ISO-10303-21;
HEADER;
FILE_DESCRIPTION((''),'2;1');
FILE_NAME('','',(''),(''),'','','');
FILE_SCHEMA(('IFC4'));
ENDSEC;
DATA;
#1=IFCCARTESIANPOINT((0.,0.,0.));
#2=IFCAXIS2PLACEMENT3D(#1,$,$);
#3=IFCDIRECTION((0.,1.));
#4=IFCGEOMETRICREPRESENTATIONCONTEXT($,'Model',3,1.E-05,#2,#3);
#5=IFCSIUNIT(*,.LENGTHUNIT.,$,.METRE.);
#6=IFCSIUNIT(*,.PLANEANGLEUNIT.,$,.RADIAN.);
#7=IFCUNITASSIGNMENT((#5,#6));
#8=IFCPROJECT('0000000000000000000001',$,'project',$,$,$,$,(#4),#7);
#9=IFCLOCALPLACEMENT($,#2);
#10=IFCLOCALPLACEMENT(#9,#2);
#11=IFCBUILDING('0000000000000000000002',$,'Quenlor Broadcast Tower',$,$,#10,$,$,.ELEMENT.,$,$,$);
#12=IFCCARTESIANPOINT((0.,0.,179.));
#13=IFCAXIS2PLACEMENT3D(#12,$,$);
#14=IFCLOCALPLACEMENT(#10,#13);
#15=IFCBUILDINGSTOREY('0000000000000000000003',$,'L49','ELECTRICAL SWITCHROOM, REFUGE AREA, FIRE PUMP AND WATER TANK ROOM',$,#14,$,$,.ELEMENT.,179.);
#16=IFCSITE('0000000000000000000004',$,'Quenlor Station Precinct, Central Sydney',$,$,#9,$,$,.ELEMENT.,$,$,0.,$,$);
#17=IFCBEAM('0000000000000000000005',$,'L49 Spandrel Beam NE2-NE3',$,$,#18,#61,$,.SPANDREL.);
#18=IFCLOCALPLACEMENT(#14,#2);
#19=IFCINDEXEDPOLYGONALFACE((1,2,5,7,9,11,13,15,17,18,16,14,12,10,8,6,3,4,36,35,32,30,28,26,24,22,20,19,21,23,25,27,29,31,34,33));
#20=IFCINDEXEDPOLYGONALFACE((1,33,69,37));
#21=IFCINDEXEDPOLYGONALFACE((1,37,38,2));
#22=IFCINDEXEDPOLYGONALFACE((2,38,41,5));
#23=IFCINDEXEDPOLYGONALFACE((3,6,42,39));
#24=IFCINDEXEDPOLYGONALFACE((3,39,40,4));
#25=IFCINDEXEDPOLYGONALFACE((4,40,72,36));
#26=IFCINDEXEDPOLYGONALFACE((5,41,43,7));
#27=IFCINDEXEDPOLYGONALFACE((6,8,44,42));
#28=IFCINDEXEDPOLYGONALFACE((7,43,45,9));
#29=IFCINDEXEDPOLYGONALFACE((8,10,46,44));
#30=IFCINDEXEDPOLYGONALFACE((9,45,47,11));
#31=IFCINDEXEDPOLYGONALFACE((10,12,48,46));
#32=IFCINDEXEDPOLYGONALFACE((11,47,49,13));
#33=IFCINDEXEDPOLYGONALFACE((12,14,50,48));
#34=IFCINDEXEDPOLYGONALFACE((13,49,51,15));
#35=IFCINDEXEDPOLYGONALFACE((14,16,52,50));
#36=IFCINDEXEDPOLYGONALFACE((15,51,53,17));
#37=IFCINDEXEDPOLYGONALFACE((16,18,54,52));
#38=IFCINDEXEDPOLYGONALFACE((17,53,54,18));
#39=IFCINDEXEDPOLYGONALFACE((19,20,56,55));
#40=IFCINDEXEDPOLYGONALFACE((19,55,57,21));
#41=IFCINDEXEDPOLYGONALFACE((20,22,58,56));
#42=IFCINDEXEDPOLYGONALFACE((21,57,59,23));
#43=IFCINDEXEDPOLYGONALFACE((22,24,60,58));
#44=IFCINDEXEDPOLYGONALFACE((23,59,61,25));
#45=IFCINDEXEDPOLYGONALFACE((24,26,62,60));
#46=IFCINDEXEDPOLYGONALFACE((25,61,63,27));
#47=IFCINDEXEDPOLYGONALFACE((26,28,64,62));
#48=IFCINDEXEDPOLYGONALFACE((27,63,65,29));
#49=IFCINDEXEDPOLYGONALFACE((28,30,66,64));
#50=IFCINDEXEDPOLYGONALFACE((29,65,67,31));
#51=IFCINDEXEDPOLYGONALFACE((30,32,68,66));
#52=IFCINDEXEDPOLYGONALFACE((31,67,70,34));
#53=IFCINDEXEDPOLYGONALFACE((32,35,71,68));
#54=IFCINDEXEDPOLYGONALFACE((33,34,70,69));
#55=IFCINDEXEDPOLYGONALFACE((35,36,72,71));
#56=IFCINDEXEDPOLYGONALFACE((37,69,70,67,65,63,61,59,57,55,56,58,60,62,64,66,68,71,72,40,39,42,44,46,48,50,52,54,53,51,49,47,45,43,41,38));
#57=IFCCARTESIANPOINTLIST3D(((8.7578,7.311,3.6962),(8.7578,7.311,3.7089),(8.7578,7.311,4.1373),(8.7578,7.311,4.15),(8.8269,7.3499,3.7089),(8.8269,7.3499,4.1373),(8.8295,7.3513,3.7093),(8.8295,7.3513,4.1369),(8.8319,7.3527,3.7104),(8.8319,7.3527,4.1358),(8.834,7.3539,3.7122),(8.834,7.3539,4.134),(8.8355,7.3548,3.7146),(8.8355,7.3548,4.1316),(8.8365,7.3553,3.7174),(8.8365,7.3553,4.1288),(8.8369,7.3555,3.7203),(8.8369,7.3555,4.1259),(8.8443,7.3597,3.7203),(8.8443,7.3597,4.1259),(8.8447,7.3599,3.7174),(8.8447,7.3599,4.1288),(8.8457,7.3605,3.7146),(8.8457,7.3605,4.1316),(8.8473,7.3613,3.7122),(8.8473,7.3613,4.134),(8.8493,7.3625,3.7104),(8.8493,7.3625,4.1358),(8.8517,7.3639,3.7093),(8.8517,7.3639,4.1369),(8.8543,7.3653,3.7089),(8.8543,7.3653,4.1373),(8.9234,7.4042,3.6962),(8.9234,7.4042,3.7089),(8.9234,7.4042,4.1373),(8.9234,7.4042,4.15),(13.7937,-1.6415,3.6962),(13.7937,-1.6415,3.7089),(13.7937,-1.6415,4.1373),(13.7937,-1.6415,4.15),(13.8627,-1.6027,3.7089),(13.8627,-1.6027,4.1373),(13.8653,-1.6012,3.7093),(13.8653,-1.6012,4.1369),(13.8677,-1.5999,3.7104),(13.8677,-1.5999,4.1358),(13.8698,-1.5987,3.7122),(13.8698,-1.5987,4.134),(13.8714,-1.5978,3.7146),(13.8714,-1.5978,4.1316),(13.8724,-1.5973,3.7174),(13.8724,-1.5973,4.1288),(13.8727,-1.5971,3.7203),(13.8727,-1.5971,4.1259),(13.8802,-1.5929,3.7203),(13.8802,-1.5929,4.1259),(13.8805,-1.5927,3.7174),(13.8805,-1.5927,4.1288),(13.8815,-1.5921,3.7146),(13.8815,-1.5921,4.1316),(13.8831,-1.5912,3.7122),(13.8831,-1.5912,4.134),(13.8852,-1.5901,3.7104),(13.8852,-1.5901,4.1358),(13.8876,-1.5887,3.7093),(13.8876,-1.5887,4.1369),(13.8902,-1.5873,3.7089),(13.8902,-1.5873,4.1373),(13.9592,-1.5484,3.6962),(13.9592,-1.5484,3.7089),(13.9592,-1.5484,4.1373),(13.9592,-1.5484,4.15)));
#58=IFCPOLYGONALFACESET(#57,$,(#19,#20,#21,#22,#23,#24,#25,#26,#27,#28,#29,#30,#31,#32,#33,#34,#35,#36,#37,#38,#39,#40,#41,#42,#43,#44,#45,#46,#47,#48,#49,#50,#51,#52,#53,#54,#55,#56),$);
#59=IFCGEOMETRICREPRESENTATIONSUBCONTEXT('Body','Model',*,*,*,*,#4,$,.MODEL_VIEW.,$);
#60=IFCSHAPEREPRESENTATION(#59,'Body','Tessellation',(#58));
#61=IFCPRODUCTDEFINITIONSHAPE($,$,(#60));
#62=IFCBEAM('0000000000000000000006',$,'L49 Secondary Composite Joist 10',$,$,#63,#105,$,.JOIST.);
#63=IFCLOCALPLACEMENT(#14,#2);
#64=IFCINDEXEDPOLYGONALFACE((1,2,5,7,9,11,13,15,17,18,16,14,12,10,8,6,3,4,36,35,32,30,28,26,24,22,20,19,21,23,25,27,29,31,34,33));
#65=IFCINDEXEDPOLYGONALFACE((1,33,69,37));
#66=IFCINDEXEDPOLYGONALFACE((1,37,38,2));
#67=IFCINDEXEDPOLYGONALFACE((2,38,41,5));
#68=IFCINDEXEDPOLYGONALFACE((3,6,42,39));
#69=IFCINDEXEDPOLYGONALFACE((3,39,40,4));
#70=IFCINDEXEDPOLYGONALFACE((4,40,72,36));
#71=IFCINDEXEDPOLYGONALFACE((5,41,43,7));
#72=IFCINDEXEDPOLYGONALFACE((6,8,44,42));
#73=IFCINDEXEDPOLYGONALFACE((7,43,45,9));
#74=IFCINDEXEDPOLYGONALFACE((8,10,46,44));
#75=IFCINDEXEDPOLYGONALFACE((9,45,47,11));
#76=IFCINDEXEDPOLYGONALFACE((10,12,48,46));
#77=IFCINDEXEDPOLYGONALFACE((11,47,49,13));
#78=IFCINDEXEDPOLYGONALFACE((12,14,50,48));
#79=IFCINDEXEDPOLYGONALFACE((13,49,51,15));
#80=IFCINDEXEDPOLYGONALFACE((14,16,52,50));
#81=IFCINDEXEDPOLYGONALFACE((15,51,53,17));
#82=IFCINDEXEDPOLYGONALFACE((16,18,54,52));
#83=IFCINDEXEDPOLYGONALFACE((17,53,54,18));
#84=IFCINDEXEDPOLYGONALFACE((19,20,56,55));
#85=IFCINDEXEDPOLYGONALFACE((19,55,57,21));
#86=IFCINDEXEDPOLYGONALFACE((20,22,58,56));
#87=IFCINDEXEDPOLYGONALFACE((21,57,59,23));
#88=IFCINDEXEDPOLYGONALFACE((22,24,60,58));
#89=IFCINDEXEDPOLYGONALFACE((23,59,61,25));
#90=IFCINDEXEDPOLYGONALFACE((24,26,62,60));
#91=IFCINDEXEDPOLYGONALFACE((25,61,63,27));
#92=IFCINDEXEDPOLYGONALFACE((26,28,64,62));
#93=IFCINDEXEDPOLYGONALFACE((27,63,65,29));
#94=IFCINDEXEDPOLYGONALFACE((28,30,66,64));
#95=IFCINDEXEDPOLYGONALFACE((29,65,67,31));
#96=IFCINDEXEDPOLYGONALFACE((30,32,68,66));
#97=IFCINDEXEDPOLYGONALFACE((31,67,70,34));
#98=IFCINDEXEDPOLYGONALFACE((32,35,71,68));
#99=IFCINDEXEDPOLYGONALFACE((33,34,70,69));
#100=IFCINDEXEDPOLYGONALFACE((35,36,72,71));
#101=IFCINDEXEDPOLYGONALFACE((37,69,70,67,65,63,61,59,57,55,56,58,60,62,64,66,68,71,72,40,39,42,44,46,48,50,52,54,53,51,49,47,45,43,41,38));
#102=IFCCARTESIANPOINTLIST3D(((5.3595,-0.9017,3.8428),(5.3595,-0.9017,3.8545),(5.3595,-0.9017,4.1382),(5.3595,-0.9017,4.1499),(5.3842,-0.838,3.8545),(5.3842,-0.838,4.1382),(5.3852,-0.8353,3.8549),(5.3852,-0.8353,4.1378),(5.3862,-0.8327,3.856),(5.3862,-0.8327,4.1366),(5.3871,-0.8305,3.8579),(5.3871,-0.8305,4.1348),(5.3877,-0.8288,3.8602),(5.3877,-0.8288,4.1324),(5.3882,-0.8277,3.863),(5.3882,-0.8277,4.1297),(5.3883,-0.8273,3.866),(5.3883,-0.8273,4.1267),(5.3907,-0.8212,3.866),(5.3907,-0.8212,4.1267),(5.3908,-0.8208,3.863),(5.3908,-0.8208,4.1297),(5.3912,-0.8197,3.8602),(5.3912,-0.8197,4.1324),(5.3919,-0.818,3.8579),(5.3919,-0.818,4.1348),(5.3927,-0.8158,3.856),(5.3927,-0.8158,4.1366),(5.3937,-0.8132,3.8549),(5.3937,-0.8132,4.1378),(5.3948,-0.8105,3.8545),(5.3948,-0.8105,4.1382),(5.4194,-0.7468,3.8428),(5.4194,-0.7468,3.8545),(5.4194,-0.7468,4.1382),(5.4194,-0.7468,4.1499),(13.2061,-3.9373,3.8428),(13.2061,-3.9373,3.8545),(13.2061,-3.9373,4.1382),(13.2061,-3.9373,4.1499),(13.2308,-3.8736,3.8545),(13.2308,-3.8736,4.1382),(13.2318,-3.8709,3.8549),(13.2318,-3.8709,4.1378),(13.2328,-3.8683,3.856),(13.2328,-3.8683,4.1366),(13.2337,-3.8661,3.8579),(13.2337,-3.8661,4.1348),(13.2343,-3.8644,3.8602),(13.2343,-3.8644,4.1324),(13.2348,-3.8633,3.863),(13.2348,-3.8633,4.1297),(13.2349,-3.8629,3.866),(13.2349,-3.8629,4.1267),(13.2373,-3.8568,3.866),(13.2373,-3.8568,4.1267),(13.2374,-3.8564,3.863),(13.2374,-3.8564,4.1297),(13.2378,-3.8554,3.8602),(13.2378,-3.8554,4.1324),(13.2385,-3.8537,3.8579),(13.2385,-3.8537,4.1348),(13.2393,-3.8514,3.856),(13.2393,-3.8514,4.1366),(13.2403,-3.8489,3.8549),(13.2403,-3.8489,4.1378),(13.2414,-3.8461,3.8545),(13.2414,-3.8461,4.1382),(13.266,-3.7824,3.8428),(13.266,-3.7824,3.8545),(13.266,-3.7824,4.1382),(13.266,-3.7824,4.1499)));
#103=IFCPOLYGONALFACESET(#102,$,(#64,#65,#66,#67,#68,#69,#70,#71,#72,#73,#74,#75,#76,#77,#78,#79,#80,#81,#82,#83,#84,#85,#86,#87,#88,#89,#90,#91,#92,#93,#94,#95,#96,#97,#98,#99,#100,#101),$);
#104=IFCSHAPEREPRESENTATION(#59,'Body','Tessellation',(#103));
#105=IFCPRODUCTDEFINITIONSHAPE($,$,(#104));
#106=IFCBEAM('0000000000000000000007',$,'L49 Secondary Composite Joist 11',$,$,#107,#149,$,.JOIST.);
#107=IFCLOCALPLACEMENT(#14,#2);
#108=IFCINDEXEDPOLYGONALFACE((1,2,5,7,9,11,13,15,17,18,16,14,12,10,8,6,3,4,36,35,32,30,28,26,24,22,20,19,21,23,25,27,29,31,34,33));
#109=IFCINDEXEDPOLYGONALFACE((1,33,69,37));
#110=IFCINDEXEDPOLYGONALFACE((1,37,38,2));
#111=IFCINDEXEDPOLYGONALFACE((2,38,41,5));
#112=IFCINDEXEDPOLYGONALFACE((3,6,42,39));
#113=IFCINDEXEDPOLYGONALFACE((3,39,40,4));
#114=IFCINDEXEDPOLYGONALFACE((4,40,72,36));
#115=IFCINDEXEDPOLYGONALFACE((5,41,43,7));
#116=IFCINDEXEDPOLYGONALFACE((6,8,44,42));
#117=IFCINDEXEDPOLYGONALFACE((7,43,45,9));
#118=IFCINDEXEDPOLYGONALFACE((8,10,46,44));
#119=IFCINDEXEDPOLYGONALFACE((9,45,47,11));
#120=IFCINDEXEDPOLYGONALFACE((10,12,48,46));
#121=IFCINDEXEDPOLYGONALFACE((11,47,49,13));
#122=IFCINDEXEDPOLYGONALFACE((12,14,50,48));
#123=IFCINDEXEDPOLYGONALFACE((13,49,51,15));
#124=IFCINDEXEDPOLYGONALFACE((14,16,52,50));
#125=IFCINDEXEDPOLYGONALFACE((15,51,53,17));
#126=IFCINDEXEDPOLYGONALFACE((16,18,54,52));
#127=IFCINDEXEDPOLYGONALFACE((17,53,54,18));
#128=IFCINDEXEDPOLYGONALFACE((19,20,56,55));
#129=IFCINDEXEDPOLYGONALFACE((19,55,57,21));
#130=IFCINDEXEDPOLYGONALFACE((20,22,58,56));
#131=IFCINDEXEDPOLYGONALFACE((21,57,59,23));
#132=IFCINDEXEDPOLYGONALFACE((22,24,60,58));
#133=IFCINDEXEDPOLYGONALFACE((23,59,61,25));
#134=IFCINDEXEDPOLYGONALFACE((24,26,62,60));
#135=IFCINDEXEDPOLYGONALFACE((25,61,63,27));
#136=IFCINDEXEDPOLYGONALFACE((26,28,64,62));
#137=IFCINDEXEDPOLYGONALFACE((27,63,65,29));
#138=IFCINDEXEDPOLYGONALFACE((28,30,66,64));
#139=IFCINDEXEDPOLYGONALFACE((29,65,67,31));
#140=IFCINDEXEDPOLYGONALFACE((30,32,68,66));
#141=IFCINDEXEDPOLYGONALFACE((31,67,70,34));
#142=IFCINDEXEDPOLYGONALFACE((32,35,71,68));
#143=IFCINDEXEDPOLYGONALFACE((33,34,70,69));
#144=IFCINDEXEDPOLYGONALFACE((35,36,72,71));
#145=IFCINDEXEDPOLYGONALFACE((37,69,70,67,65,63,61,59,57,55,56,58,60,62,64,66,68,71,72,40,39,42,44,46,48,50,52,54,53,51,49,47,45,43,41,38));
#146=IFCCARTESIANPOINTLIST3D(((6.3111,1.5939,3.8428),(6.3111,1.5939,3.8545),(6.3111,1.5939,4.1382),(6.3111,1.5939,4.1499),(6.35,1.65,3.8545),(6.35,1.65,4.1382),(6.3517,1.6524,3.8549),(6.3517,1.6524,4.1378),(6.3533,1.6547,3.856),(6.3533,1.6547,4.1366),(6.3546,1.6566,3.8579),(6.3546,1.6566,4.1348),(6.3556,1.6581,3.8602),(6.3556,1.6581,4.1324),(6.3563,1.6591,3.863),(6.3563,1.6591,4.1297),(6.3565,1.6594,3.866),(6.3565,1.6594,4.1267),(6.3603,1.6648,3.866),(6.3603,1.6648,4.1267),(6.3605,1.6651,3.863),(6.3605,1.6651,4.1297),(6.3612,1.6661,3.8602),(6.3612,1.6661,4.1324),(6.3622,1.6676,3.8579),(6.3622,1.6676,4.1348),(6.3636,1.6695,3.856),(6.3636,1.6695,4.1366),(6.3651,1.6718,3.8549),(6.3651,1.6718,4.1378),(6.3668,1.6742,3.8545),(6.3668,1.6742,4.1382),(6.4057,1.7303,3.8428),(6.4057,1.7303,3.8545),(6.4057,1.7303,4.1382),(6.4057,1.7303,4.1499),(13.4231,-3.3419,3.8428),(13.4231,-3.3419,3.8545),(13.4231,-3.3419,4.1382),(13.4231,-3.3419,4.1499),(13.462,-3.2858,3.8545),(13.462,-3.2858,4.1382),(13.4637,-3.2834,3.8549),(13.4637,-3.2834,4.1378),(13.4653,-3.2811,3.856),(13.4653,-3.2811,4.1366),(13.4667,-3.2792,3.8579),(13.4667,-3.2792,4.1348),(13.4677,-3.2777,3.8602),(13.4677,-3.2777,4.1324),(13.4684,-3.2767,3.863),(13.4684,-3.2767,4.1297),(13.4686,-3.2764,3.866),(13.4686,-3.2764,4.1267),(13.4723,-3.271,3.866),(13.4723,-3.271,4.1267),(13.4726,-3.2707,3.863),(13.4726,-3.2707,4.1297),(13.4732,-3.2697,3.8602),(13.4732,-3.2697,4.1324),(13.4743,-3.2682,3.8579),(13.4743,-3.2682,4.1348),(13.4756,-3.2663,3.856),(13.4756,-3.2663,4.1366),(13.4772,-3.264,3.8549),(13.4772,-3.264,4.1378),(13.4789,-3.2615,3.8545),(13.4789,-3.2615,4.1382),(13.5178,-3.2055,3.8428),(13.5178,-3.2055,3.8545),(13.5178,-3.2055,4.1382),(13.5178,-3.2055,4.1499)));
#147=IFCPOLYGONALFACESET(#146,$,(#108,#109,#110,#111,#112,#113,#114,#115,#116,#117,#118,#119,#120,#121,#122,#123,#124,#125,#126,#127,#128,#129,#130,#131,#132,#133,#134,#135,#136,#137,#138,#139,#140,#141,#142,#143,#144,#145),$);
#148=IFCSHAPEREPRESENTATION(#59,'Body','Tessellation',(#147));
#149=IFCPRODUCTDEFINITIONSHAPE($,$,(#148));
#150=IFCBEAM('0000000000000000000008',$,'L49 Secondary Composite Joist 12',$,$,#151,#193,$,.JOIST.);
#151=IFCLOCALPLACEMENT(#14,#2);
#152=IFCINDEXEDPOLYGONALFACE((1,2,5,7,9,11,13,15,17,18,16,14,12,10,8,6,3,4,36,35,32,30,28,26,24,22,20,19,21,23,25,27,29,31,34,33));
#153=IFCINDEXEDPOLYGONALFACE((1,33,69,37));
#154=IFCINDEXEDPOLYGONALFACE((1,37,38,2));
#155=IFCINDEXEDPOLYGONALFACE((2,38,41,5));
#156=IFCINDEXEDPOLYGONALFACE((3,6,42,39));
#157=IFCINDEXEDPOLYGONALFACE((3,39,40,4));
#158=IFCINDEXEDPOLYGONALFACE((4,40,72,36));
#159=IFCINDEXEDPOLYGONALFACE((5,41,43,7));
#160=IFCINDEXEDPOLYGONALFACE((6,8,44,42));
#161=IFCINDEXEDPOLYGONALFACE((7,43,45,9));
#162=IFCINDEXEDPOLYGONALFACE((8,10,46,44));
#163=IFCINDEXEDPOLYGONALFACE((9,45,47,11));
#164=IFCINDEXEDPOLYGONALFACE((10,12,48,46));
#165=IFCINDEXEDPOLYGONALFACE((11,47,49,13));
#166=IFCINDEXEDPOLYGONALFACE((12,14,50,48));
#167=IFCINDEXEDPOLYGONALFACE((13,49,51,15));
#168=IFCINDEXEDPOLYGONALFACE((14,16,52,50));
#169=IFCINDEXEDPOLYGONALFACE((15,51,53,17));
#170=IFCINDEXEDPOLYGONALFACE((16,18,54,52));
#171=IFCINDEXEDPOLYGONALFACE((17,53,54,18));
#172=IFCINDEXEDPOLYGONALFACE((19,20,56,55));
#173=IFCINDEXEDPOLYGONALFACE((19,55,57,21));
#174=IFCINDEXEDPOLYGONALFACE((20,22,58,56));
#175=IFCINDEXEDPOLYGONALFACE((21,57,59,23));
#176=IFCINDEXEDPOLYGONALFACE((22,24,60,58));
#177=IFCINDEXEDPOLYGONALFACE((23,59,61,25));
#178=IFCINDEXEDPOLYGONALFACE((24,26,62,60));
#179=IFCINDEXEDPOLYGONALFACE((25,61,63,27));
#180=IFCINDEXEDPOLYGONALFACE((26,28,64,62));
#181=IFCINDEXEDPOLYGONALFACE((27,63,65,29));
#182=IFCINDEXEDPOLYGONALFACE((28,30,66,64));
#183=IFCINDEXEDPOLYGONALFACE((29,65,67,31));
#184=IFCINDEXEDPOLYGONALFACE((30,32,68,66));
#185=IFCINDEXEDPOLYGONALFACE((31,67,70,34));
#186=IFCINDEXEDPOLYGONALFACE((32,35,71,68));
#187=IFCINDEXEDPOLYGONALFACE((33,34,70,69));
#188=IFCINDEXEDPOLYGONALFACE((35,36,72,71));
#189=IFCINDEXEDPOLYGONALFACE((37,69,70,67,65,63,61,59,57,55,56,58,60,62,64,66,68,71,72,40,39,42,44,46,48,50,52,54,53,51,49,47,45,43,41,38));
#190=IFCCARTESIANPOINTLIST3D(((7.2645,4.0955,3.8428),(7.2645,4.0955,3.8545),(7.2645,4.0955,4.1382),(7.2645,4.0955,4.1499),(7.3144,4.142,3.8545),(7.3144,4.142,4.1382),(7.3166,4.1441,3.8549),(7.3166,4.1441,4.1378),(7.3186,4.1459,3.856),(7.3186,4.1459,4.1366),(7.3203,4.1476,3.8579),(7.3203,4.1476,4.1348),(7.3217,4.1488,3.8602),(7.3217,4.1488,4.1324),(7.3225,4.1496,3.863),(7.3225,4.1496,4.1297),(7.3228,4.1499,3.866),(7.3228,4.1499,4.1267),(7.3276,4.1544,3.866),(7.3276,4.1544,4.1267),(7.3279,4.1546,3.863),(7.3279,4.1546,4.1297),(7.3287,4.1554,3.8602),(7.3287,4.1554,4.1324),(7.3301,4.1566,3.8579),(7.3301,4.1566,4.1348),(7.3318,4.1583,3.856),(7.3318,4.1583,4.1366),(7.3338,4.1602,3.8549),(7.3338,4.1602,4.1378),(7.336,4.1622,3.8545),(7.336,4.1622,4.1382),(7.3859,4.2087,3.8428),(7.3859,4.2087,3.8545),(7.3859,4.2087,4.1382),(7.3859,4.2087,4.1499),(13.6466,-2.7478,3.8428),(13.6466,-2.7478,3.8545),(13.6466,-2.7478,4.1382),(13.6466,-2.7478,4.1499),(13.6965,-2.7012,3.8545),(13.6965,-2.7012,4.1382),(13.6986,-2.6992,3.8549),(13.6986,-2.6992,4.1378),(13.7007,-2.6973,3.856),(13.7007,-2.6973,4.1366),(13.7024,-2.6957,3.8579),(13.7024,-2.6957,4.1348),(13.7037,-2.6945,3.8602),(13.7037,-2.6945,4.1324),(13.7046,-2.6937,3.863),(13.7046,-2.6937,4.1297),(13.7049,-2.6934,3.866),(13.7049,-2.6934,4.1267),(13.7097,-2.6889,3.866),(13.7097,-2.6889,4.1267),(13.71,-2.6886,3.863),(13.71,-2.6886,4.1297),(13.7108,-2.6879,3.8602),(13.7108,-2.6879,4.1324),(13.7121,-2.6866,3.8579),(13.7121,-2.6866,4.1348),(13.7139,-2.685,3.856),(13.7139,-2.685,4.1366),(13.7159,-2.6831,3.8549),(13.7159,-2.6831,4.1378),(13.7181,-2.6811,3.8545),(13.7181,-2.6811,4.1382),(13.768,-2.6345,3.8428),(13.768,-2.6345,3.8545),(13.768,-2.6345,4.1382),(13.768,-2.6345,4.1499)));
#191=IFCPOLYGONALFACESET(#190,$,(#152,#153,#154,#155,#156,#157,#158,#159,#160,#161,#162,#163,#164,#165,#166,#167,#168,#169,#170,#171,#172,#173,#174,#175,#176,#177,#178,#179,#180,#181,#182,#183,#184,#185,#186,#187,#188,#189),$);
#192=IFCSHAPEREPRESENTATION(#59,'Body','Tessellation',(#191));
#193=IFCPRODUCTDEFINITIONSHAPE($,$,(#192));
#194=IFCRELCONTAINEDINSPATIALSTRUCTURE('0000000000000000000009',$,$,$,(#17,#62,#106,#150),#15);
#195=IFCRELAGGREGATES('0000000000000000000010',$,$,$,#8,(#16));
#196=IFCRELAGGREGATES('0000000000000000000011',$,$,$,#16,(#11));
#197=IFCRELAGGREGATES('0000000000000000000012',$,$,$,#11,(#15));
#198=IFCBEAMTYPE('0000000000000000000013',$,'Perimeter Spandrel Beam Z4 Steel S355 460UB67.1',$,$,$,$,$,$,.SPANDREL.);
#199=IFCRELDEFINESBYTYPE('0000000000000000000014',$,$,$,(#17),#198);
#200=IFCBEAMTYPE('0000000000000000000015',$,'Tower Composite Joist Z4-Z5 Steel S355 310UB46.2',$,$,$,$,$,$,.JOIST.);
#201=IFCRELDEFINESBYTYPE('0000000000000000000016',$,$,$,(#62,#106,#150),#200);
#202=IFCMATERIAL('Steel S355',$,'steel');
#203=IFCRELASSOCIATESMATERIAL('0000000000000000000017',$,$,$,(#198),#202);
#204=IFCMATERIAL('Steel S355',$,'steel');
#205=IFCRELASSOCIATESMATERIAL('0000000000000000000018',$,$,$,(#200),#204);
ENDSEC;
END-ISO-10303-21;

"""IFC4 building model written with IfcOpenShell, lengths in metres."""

from ifc_helpers import new_model, si_unit, direction, frame, origin, origin_2d, place, context, subcontext, project, spatial, i_section, extrude, material, material_profile, profile_set, type_object, element, save


model = new_model("IFC4")

# Units and contexts
model_context = context("Model", 3, precision=1e-05, world=origin(), true_north=direction((0.0, 1.0)))
body_context = subcontext(model_context, "Body", "Model", "MODEL_VIEW")
ifc_project = project(units=[si_unit("LENGTHUNIT", "METRE"), si_unit("PLANEANGLEUNIT", "RADIAN")], contexts=[model_context])

# Site, building, storey
site_placement = place(None, origin())
site = spatial("IfcSite", under=ifc_project, at=site_placement, Name="Quenlor Station Precinct, Central Sydney", CompositionType="ELEMENT", RefElevation=0.0)
building_placement = place(site_placement, origin())
building = spatial("IfcBuilding", under=site, at=building_placement, Name="Quenlor Broadcast Tower", CompositionType="ELEMENT")
storey_placement = place(building_placement, frame((0.0, 0.0, 179.0)))
storey = spatial("IfcBuildingStorey", under=building, at=storey_placement, Name="L49", Description="ELECTRICAL SWITCHROOM, REFUGE AREA, FIRE PUMP AND WATER TANK ROOM", CompositionType="ELEMENT", Elevation=179.0)

# Beams
ifc_material_1 = material(Name="Steel S355", Category="steel")
ifc_material_profile_1 = material_profile(ifc_material_1, i_section(OverallWidth=0.1899, OverallDepth=0.4539, WebThickness=0.0085, FlangeThickness=0.0127, FilletRadius=0.0115, at=origin_2d()))
ifc_profile_set_1 = profile_set([ifc_material_profile_1], Name="Steel S355 460UB67.1")
beam_type_1 = type_object("IfcBeamType", Name="Perimeter Spandrel Beam Z4 Steel S355 460UB67.1", PredefinedType="SPANDREL", material=ifc_profile_set_1)
beam_1_placement = place(storey_placement, frame((13.8765, -1.595, 3.9231), z_axis=(-0.490263, 0.871574, 0.0), x_axis=(-0.871574, -0.490263, 0.0)))
element("IfcBeam", 1, at=beam_1_placement, inside=storey, type_object=beam_type_1, Name="L49 Spandrel Beam NE2-NE3", PredefinedType="SPANDREL", context=body_context, shape_type="SweptSolid", body=[
    extrude(i_section(OverallWidth=0.1899, OverallDepth=0.4539, WebThickness=0.0085, FlangeThickness=0.0127, FilletRadius=0.0115, at=origin_2d()), origin(), (0.0, 0.0, 1.0), 10.2717),
])
ifc_material_2 = material(Name="Steel S355", Category="steel")
ifc_material_profile_2 = material_profile(ifc_material_2, i_section(OverallWidth=0.166, OverallDepth=0.3071, WebThickness=0.0066, FlangeThickness=0.0117, FilletRadius=0.0115, at=origin_2d()))
ifc_profile_set_2 = profile_set([ifc_material_profile_2], Name="Steel S355 310UB46.2")
beam_type_2 = type_object("IfcBeamType", Name="Tower Composite Joist Z4-Z5 Steel S355 310UB46.2", PredefinedType="JOIST", material=ifc_profile_set_2)
beam_2_placement = place(storey_placement, frame((13.2361, -3.8599, 3.9963), z_axis=(-0.932639, 0.36081, 0.0), x_axis=(-0.36081, -0.932639, 0.0)))
element("IfcBeam", 2, at=beam_2_placement, inside=storey, type_object=beam_type_2, Name="L49 Secondary Composite Joist 10", PredefinedType="JOIST", context=body_context, shape_type="SweptSolid", body=[
    extrude(i_section(OverallWidth=0.166, OverallDepth=0.3071, WebThickness=0.0066, FlangeThickness=0.0117, FilletRadius=0.0115, at=origin_2d()), origin(), (0.0, 0.0, 1.0), 8.4133),
])
beam_3_placement = place(storey_placement, frame((13.4705, -3.2737, 3.9963), z_axis=(-0.82154, 0.570151, 0.0), x_axis=(-0.570151, -0.82154, 0.0)))
element("IfcBeam", 3, at=beam_3_placement, inside=storey, type_object=beam_type_2, Name="L49 Secondary Composite Joist 11", PredefinedType="JOIST", context=body_context, shape_type="SweptSolid", body=[
    extrude(i_section(OverallWidth=0.166, OverallDepth=0.3071, WebThickness=0.0066, FlangeThickness=0.0117, FilletRadius=0.0115, at=origin_2d()), origin(), (0.0, 0.0, 1.0), 8.657),
])
beam_4_placement = place(storey_placement, frame((13.7073, -2.6912, 3.9963), z_axis=(-0.682035, 0.73132, 0.0), x_axis=(-0.73132, -0.682035, 0.0)))
element("IfcBeam", 4, at=beam_4_placement, inside=storey, type_object=beam_type_2, Name="L49 Secondary Composite Joist 12", PredefinedType="JOIST", context=body_context, shape_type="SweptSolid", body=[
    extrude(i_section(OverallWidth=0.166, OverallDepth=0.3071, WebThickness=0.0066, FlangeThickness=0.0117, FilletRadius=0.0115, at=origin_2d()), origin(), (0.0, 0.0, 1.0), 9.3574),
])

save(model, "model.ifc")
